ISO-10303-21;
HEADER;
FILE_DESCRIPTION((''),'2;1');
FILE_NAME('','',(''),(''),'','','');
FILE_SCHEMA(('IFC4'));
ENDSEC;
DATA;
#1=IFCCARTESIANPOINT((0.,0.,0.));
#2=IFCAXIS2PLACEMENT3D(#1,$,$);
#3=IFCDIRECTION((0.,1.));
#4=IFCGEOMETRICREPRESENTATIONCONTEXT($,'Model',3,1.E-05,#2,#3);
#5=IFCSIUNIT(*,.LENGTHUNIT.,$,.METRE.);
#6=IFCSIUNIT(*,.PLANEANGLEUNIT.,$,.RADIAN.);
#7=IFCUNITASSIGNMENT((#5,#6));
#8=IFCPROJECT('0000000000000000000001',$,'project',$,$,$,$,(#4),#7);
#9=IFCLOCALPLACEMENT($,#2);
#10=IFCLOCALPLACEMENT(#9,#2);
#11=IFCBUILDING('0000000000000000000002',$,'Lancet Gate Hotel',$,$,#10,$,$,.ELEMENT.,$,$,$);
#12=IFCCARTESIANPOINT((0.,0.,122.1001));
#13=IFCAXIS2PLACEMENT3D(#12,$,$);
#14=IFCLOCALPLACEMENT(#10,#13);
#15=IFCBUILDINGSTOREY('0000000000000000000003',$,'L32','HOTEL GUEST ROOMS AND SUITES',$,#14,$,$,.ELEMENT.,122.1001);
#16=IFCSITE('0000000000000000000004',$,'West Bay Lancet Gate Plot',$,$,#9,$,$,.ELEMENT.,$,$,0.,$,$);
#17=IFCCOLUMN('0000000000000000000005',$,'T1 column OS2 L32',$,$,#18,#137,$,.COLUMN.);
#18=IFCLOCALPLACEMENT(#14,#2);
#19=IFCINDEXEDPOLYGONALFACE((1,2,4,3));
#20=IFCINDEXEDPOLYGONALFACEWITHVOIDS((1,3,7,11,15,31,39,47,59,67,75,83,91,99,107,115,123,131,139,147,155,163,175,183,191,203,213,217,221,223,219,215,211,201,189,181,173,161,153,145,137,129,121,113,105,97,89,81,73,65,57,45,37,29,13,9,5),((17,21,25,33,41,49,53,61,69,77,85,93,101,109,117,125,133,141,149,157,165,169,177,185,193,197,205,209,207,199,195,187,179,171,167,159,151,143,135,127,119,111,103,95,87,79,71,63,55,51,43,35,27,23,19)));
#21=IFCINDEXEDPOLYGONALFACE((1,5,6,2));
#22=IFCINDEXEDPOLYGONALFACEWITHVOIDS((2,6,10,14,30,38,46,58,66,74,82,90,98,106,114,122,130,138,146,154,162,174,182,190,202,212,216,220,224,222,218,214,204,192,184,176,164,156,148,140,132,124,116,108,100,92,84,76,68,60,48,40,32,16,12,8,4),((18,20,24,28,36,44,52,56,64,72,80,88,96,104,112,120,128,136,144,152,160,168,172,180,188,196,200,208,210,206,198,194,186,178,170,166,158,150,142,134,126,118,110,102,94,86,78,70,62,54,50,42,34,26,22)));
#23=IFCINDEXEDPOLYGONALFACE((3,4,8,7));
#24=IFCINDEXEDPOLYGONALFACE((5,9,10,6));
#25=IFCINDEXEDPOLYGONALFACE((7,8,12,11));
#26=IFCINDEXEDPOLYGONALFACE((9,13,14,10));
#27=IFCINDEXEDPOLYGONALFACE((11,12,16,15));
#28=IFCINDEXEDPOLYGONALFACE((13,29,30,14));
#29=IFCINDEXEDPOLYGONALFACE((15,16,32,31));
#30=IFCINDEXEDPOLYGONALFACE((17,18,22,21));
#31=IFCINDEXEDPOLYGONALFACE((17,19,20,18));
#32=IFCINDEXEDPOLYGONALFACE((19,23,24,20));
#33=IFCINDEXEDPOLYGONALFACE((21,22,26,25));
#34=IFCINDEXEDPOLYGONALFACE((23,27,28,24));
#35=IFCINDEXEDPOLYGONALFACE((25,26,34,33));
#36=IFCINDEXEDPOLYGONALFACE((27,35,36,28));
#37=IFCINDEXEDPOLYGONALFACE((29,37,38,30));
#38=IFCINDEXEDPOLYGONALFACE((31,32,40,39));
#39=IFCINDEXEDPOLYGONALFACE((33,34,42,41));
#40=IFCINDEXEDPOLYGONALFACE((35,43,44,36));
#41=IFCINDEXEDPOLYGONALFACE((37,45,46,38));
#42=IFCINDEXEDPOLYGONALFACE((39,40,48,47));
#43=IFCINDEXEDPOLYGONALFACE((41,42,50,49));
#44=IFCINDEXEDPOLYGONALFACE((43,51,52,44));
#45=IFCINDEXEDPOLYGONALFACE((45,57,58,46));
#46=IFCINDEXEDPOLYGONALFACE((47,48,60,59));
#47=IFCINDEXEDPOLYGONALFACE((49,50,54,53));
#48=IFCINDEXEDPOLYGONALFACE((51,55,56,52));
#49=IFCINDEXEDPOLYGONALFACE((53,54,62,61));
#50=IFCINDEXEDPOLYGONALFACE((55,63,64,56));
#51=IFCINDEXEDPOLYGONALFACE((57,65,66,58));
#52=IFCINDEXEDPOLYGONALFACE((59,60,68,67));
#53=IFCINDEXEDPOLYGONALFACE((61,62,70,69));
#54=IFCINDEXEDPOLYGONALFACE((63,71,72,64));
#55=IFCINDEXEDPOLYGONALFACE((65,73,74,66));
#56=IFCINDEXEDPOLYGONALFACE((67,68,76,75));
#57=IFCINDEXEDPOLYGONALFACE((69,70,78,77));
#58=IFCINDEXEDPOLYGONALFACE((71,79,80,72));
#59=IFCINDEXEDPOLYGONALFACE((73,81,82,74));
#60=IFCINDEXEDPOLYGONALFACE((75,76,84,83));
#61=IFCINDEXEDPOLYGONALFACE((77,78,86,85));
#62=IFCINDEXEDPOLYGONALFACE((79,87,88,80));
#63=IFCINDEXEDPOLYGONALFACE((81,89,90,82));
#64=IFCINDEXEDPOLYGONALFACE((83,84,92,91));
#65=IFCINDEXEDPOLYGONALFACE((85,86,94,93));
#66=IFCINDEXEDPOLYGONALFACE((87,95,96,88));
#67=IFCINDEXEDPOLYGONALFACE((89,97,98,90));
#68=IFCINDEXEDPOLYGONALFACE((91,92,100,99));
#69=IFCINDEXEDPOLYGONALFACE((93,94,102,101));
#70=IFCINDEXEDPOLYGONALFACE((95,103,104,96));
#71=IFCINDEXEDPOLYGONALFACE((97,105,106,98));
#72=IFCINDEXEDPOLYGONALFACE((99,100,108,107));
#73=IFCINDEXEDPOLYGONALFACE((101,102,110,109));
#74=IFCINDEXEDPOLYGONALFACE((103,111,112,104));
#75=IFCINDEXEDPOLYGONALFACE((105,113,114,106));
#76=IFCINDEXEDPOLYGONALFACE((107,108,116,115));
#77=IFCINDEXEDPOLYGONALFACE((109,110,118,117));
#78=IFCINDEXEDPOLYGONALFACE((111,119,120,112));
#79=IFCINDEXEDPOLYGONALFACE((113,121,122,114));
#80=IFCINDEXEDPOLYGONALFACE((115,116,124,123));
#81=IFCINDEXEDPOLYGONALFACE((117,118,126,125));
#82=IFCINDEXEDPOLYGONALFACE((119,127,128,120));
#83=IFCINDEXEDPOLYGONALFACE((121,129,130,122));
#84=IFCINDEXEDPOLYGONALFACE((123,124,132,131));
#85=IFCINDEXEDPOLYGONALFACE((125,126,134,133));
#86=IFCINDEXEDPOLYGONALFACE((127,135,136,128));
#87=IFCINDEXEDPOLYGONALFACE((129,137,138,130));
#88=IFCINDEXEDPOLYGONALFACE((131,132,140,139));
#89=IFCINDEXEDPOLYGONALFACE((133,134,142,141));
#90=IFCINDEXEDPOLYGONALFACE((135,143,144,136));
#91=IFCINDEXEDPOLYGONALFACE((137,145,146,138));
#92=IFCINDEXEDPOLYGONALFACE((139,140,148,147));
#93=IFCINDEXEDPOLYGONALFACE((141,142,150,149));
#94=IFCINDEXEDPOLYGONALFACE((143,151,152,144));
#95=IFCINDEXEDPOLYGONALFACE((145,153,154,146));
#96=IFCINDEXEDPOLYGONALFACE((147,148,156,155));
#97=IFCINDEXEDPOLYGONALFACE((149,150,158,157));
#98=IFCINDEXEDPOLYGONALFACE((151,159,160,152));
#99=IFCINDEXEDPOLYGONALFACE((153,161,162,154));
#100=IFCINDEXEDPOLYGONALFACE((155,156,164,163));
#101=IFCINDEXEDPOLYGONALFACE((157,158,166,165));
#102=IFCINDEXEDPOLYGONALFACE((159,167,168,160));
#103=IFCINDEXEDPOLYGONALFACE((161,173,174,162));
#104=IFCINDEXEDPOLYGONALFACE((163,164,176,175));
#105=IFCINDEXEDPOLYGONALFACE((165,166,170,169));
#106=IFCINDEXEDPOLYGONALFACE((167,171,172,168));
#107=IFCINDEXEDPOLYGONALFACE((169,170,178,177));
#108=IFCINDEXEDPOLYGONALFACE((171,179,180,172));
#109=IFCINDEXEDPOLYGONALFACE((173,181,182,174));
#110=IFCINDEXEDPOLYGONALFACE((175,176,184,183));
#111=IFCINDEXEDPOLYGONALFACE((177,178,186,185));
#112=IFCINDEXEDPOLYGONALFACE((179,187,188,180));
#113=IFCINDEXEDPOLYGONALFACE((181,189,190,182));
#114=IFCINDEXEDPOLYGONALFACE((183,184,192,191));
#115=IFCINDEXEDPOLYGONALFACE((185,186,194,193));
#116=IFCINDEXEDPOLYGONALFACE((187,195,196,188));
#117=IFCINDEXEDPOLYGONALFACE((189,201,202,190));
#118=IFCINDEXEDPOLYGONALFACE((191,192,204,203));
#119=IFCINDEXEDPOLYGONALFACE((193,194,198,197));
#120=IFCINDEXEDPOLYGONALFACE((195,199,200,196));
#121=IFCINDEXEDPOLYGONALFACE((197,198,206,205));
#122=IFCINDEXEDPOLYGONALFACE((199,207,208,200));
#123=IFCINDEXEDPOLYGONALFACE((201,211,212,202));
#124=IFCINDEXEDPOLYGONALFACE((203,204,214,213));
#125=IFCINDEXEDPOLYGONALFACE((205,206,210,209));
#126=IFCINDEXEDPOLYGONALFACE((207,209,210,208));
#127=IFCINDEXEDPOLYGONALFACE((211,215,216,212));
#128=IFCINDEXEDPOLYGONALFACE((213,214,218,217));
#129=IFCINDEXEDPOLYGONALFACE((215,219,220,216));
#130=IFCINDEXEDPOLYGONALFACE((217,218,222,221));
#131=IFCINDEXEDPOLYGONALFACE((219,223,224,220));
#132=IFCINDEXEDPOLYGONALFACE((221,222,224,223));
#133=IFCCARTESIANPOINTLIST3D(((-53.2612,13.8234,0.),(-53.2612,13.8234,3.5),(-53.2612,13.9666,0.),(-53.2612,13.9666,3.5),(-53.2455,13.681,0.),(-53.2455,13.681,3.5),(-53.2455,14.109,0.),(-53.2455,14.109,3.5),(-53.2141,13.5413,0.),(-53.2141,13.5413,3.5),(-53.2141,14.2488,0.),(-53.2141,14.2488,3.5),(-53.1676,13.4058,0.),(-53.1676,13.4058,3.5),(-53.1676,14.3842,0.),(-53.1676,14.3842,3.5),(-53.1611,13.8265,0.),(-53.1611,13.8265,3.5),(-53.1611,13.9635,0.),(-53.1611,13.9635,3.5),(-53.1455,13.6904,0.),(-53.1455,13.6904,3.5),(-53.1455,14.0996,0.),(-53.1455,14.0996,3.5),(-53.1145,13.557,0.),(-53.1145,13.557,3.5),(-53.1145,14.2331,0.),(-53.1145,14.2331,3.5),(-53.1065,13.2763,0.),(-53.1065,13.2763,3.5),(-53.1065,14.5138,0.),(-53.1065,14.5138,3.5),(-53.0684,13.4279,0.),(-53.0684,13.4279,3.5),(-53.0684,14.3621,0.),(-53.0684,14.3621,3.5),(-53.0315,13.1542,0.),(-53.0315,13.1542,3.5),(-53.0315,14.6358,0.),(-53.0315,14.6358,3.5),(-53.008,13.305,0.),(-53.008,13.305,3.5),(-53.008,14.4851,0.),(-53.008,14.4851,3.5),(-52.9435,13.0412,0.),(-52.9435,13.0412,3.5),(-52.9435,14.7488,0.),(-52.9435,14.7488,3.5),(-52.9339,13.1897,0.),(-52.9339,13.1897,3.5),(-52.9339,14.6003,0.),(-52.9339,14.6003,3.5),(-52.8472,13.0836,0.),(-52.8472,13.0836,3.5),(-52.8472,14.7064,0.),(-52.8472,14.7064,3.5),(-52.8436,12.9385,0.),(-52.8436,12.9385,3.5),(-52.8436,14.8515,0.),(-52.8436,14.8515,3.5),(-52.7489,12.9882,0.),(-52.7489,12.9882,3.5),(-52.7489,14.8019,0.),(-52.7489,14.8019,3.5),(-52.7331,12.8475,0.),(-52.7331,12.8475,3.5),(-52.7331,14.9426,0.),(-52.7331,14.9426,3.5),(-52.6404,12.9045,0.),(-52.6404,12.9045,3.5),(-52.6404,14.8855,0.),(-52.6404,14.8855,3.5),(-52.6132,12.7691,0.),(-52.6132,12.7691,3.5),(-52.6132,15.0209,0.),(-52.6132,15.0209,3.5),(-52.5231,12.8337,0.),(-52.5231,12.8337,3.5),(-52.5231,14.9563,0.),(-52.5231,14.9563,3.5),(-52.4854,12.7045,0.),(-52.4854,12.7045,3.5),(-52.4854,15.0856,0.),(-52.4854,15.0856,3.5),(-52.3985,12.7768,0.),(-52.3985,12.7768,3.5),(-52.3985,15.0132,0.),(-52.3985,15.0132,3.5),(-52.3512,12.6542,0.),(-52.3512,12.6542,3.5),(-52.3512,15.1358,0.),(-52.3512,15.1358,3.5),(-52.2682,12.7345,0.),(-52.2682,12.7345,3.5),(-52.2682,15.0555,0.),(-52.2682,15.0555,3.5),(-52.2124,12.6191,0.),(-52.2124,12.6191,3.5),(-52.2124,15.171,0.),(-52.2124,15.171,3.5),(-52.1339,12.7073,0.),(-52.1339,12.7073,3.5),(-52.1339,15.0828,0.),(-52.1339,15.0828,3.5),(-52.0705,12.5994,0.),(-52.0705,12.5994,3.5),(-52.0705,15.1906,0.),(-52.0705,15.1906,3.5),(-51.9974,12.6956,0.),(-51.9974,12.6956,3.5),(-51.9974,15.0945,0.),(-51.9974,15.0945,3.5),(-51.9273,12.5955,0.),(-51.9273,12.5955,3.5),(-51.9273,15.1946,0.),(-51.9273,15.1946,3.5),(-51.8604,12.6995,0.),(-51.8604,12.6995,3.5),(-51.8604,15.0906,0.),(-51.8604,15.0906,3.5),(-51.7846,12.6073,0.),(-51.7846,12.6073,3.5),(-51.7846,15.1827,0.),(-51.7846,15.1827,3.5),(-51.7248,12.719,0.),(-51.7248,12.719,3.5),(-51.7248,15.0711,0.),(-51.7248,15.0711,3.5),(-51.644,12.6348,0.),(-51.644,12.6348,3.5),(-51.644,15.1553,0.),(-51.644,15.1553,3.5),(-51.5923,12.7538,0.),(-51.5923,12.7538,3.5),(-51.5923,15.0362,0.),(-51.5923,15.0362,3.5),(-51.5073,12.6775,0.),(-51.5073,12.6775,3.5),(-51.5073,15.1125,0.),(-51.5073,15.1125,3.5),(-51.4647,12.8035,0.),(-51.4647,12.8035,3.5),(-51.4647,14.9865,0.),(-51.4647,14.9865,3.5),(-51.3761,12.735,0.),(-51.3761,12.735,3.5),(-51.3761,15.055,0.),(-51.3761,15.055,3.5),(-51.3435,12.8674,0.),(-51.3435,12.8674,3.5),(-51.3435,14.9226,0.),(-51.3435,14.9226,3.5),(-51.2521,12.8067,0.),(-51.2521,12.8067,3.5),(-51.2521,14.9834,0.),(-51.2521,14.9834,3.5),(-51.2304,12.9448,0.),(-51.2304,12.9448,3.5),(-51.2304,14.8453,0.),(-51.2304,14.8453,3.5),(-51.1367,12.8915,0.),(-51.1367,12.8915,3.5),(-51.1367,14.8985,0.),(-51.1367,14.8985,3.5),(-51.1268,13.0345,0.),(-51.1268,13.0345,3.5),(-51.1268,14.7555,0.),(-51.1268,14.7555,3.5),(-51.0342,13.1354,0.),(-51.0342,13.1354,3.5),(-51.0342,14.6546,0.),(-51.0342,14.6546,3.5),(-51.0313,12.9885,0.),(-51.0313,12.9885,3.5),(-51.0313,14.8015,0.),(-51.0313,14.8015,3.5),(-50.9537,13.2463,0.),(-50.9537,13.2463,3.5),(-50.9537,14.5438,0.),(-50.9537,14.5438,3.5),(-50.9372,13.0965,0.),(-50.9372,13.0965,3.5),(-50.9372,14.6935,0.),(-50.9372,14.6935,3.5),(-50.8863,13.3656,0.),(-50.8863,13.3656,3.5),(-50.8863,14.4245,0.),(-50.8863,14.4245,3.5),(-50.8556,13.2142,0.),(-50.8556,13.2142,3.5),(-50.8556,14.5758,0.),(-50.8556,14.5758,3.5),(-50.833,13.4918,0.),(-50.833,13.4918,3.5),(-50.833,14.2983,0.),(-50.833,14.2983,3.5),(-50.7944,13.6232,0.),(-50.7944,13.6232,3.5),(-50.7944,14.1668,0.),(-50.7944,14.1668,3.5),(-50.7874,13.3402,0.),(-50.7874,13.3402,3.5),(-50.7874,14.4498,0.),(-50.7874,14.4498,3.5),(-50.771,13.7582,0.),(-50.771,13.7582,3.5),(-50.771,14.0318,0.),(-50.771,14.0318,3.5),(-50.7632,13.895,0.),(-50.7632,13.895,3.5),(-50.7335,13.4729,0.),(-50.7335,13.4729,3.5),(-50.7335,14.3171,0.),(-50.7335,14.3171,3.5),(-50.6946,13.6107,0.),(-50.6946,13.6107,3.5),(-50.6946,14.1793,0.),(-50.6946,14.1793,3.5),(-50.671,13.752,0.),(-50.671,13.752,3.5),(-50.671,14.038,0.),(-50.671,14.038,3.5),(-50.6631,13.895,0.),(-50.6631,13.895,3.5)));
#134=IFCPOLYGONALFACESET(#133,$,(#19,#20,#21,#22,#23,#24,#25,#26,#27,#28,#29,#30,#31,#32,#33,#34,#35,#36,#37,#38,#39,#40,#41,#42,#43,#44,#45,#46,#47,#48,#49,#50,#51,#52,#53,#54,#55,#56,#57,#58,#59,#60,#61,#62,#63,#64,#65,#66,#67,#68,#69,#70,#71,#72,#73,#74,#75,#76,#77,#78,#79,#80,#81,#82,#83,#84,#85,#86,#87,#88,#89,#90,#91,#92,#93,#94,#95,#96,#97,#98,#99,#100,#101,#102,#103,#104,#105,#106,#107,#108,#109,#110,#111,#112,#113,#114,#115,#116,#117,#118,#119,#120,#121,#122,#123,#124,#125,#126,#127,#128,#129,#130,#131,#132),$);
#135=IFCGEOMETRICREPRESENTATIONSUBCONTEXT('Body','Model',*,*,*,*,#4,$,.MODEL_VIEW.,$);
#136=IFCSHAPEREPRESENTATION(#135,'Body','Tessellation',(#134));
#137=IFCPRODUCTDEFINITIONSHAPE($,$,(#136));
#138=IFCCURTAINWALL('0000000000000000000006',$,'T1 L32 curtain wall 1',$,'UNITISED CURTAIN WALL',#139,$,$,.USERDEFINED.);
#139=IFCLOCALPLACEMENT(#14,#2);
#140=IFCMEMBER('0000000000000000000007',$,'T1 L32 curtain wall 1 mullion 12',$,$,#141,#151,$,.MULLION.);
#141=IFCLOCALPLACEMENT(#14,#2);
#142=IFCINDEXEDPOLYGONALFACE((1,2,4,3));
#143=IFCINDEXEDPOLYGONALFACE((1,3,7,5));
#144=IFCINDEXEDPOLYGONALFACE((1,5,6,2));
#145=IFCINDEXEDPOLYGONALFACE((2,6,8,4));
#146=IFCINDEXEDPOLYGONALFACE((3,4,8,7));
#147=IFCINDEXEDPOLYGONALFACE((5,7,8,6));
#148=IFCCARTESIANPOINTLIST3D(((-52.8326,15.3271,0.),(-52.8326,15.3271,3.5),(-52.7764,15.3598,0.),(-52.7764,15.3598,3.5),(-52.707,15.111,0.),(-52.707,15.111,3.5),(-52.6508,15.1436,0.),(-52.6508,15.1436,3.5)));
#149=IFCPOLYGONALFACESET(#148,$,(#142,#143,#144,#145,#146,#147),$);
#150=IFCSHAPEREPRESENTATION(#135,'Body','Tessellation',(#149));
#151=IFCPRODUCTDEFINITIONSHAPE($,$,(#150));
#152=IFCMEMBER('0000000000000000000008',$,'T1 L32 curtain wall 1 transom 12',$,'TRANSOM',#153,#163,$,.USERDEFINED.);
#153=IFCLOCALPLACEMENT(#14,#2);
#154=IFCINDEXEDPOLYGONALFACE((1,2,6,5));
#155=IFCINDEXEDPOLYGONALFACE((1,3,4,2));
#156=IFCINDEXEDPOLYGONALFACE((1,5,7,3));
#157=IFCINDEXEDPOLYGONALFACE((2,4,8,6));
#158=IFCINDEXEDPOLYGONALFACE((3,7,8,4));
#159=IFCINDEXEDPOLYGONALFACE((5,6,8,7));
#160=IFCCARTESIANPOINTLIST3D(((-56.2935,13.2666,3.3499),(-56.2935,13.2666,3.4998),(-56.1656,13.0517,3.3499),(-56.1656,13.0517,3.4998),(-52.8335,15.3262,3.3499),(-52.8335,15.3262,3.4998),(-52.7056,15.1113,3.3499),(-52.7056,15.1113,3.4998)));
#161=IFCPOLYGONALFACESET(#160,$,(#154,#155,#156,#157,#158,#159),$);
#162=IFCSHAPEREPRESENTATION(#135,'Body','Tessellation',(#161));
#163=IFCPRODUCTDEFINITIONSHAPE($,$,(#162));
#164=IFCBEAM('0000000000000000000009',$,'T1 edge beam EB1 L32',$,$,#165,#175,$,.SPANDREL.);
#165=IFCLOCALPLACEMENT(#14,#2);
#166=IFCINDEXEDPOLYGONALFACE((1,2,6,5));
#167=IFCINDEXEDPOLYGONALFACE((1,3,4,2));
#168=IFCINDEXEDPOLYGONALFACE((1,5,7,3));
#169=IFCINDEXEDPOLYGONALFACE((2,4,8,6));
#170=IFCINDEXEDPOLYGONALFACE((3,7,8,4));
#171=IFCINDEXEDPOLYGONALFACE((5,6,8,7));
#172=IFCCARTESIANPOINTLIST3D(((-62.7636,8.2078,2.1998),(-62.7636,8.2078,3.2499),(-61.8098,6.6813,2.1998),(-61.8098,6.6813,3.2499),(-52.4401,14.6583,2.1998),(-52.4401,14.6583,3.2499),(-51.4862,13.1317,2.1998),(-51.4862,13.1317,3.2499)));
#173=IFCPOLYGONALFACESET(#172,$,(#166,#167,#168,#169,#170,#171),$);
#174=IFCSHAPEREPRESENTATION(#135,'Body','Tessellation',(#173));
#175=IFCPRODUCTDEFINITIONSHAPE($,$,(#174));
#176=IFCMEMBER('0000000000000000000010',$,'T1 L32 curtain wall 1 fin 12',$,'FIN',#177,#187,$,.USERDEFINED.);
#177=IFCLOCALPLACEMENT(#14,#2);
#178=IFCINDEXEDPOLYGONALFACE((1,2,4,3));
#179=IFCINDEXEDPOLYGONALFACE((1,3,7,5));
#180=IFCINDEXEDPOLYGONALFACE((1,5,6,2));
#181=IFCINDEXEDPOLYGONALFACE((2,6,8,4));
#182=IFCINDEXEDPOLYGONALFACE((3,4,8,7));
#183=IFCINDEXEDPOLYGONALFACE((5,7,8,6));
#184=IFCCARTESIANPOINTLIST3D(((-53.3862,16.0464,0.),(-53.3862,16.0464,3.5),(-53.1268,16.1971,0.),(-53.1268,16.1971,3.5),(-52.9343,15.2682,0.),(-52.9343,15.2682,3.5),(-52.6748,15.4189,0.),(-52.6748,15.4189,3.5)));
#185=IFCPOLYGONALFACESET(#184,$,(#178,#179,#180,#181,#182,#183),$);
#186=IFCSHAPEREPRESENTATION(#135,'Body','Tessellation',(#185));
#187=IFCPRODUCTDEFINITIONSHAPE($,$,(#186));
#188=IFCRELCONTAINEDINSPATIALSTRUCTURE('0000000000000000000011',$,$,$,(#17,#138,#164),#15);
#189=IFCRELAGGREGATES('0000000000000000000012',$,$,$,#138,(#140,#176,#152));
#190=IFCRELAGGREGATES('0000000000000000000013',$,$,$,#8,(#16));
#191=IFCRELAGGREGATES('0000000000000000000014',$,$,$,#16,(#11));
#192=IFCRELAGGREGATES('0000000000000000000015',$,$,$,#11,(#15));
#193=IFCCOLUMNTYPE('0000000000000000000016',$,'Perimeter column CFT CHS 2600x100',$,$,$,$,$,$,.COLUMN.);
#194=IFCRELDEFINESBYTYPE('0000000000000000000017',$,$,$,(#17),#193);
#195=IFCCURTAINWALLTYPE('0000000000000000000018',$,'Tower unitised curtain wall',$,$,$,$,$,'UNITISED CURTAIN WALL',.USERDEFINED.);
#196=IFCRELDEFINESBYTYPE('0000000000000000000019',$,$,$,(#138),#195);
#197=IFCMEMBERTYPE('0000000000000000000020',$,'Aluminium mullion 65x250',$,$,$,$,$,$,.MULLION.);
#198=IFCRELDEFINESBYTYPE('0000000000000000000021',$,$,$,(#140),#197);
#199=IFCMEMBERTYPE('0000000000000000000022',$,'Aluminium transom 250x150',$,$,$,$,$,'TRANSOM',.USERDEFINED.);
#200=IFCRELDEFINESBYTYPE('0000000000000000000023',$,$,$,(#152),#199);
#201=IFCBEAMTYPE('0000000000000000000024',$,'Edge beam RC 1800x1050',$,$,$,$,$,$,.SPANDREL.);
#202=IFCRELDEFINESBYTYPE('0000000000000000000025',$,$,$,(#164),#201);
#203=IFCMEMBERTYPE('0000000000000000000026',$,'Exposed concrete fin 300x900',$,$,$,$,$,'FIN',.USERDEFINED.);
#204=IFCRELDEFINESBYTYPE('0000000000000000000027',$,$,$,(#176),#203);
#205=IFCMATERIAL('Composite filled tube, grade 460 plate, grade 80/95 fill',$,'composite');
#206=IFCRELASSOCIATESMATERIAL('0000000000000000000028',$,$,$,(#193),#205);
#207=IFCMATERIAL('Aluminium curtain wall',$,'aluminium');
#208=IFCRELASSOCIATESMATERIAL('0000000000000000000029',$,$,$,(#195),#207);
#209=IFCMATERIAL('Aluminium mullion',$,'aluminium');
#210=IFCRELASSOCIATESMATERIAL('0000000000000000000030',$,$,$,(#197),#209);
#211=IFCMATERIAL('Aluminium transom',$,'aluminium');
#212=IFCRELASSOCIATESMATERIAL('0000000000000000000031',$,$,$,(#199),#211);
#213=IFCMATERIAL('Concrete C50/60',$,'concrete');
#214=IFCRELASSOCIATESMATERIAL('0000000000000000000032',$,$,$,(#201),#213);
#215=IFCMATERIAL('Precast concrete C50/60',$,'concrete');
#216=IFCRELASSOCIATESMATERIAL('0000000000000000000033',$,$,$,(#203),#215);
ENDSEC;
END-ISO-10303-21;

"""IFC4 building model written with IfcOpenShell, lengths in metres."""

from ifc_helpers import new_model, si_unit, direction, frame, origin, origin_2d, place, context, subcontext, project, spatial, rectangle, hollow_circle, extrude, material, material_profile, profile_set, type_object, element, aggregate, save


model = new_model("IFC4")

# Units and contexts
model_context = context("Model", 3, precision=1e-05, world=origin(), true_north=direction((0.0, 1.0)))
body_context = subcontext(model_context, "Body", "Model", "MODEL_VIEW")
ifc_project = project(units=[si_unit("LENGTHUNIT", "METRE"), si_unit("PLANEANGLEUNIT", "RADIAN")], contexts=[model_context])

# Site, building, storey
site_placement = place(None, origin())
site = spatial("IfcSite", under=ifc_project, at=site_placement, Name="West Bay Lancet Gate Plot", CompositionType="ELEMENT", RefElevation=0.0)
building_placement = place(site_placement, origin())
building = spatial("IfcBuilding", under=site, at=building_placement, Name="Lancet Gate Hotel", CompositionType="ELEMENT")
storey_placement = place(building_placement, frame((0.0, 0.0, 122.1001)))
storey = spatial("IfcBuildingStorey", under=building, at=storey_placement, Name="L32", Description="HOTEL GUEST ROOMS AND SUITES", CompositionType="ELEMENT", Elevation=122.1001)

# Column
ifc_material_1 = material(Name="Composite filled tube, grade 460 plate, grade 80/95 fill", Category="composite")
ifc_material_profile_1 = material_profile(ifc_material_1, hollow_circle(Radius=1.3, WallThickness=0.1001, at=origin_2d()), Name="CHS 2600x100")
ifc_profile_set_1 = profile_set([ifc_material_profile_1], Name="Composite filled tube, grade 460 plate, grade 80/95 fill")
column_type = type_object("IfcColumnType", Name="Perimeter column CFT CHS 2600x100", PredefinedType="COLUMN", material=ifc_profile_set_1)
column_placement = place(storey_placement, frame((-51.9631, 13.895, 0.0), z_axis=(0.0, 0.0, 1.0), x_axis=(1.0, 0.0, 0.0)))
element("IfcColumn", 1, at=column_placement, inside=storey, type_object=column_type, Name="T1 column OS2 L32", PredefinedType="COLUMN", context=body_context, shape_type="SweptSolid", body=[
    extrude(hollow_circle(Radius=1.3, WallThickness=0.1001, at=origin_2d()), origin(), (0.0, 0.0, 1.0), 3.5),
])

# Curtain wall, members
ifc_material_2 = material(Name="Aluminium curtain wall", Category="aluminium")
curtain_wall_type = type_object("IfcCurtainWallType", Name="Tower unitised curtain wall", ElementType="UNITISED CURTAIN WALL", PredefinedType="USERDEFINED", material=ifc_material_2)
curtain_wall_placement = place(storey_placement, origin())
curtain_wall = element("IfcCurtainWall", 2, at=curtain_wall_placement, inside=storey, type_object=curtain_wall_type, Name="T1 L32 curtain wall 1", ObjectType="UNITISED CURTAIN WALL", PredefinedType="USERDEFINED")
ifc_material_3 = material(Name="Aluminium mullion", Category="aluminium")
ifc_material_profile_2 = material_profile(ifc_material_3, rectangle(XDim=0.0649, YDim=0.25, at=origin_2d()), Name="MULLION 65x250")
ifc_profile_set_2 = profile_set([ifc_material_profile_2], Name="Aluminium mullion")
member_type_1 = type_object("IfcMemberType", Name="Aluminium mullion 65x250", PredefinedType="MULLION", material=ifc_profile_set_2)
member_1_placement = place(storey_placement, frame((-52.7417, 15.2354, 0.0), z_axis=(0.0, 0.0, 1.0), x_axis=(-0.864728, -0.502241, 0.0)))
member_1 = element("IfcMember", 3, at=member_1_placement, type_object=member_type_1, Name="T1 L32 curtain wall 1 mullion 12", PredefinedType="MULLION", context=body_context, shape_type="SweptSolid", body=[
    extrude(rectangle(XDim=0.0649, YDim=0.25, at=origin_2d()), origin(), (0.0, 0.0, 1.0), 3.5),
])
ifc_material_4 = material(Name="Aluminium transom", Category="aluminium")
ifc_material_profile_3 = material_profile(ifc_material_4, rectangle(XDim=0.25, YDim=0.1499, at=origin_2d()), Name="TRANSOM 250x150")
ifc_profile_set_3 = profile_set([ifc_material_profile_3], Name="Aluminium transom")
member_type_2 = type_object("IfcMemberType", Name="Aluminium transom 250x150", ElementType="TRANSOM", PredefinedType="USERDEFINED", material=ifc_profile_set_3)
member_2_placement = place(storey_placement, frame((-52.7695, 15.2188, 3.4248), z_axis=(-0.859285, -0.511497, 0.0), x_axis=(0.511497, -0.859285, 0.0)))
member_2 = element("IfcMember", 4, at=member_2_placement, type_object=member_type_2, Name="T1 L32 curtain wall 1 transom 12", ObjectType="TRANSOM", PredefinedType="USERDEFINED", context=body_context, shape_type="SweptSolid", body=[
    extrude(rectangle(XDim=0.25, YDim=0.1499, at=origin_2d()), origin(), (0.0, 0.0, 1.0), 4.0266),
])

# Beam
ifc_material_5 = material(Name="Concrete C50/60", Category="concrete")
ifc_material_profile_4 = material_profile(ifc_material_5, rectangle(XDim=1.8, YDim=1.05, at=origin_2d()), Name="RC 1800x1050")
ifc_profile_set_4 = profile_set([ifc_material_profile_4], Name="Concrete C50/60")
beam_type_1 = type_object("IfcBeamType", Name="Edge beam RC 1800x1050", PredefinedType="SPANDREL", material=ifc_profile_set_4)
beam_1_placement = place(storey_placement, frame((-51.9631, 13.895, 2.7249), z_axis=(-0.848063, -0.529896, 0.0), x_axis=(0.529896, -0.848063, 0.0)))
element("IfcBeam", 5, at=beam_1_placement, inside=storey, type_object=beam_type_1, Name="T1 edge beam EB1 L32", PredefinedType="SPANDREL", context=body_context, shape_type="SweptSolid", body=[
    extrude(rectangle(XDim=1.8, YDim=1.05, at=origin_2d()), origin(), (0.0, 0.0, 1.0), 12.1731),
])

# Member
ifc_material_6 = material(Name="Precast concrete C50/60", Category="concrete")
ifc_material_profile_5 = material_profile(ifc_material_6, rectangle(XDim=0.3, YDim=0.8999, at=origin_2d()), Name="FIN 300x900")
ifc_profile_set_5 = profile_set([ifc_material_profile_5], Name="Precast concrete C50/60")
member_type_3 = type_object("IfcMemberType", Name="Exposed concrete fin 300x900", ElementType="FIN", PredefinedType="USERDEFINED", material=ifc_profile_set_5)
member_3_placement = place(storey_placement, frame((-53.0305, 15.7327, 0.0), z_axis=(0.0, 0.0, 1.0), x_axis=(-0.864728, -0.502241, 0.0)))
member_3 = element("IfcMember", 6, at=member_3_placement, type_object=member_type_3, Name="T1 L32 curtain wall 1 fin 12", ObjectType="FIN", PredefinedType="USERDEFINED", context=body_context, shape_type="SweptSolid", body=[
    extrude(rectangle(XDim=0.3, YDim=0.8999, at=origin_2d()), origin(), (0.0, 0.0, 1.0), 3.5),
])

aggregate(curtain_wall, [member_1, member_3, member_2])

save(model, "model.ifc")
